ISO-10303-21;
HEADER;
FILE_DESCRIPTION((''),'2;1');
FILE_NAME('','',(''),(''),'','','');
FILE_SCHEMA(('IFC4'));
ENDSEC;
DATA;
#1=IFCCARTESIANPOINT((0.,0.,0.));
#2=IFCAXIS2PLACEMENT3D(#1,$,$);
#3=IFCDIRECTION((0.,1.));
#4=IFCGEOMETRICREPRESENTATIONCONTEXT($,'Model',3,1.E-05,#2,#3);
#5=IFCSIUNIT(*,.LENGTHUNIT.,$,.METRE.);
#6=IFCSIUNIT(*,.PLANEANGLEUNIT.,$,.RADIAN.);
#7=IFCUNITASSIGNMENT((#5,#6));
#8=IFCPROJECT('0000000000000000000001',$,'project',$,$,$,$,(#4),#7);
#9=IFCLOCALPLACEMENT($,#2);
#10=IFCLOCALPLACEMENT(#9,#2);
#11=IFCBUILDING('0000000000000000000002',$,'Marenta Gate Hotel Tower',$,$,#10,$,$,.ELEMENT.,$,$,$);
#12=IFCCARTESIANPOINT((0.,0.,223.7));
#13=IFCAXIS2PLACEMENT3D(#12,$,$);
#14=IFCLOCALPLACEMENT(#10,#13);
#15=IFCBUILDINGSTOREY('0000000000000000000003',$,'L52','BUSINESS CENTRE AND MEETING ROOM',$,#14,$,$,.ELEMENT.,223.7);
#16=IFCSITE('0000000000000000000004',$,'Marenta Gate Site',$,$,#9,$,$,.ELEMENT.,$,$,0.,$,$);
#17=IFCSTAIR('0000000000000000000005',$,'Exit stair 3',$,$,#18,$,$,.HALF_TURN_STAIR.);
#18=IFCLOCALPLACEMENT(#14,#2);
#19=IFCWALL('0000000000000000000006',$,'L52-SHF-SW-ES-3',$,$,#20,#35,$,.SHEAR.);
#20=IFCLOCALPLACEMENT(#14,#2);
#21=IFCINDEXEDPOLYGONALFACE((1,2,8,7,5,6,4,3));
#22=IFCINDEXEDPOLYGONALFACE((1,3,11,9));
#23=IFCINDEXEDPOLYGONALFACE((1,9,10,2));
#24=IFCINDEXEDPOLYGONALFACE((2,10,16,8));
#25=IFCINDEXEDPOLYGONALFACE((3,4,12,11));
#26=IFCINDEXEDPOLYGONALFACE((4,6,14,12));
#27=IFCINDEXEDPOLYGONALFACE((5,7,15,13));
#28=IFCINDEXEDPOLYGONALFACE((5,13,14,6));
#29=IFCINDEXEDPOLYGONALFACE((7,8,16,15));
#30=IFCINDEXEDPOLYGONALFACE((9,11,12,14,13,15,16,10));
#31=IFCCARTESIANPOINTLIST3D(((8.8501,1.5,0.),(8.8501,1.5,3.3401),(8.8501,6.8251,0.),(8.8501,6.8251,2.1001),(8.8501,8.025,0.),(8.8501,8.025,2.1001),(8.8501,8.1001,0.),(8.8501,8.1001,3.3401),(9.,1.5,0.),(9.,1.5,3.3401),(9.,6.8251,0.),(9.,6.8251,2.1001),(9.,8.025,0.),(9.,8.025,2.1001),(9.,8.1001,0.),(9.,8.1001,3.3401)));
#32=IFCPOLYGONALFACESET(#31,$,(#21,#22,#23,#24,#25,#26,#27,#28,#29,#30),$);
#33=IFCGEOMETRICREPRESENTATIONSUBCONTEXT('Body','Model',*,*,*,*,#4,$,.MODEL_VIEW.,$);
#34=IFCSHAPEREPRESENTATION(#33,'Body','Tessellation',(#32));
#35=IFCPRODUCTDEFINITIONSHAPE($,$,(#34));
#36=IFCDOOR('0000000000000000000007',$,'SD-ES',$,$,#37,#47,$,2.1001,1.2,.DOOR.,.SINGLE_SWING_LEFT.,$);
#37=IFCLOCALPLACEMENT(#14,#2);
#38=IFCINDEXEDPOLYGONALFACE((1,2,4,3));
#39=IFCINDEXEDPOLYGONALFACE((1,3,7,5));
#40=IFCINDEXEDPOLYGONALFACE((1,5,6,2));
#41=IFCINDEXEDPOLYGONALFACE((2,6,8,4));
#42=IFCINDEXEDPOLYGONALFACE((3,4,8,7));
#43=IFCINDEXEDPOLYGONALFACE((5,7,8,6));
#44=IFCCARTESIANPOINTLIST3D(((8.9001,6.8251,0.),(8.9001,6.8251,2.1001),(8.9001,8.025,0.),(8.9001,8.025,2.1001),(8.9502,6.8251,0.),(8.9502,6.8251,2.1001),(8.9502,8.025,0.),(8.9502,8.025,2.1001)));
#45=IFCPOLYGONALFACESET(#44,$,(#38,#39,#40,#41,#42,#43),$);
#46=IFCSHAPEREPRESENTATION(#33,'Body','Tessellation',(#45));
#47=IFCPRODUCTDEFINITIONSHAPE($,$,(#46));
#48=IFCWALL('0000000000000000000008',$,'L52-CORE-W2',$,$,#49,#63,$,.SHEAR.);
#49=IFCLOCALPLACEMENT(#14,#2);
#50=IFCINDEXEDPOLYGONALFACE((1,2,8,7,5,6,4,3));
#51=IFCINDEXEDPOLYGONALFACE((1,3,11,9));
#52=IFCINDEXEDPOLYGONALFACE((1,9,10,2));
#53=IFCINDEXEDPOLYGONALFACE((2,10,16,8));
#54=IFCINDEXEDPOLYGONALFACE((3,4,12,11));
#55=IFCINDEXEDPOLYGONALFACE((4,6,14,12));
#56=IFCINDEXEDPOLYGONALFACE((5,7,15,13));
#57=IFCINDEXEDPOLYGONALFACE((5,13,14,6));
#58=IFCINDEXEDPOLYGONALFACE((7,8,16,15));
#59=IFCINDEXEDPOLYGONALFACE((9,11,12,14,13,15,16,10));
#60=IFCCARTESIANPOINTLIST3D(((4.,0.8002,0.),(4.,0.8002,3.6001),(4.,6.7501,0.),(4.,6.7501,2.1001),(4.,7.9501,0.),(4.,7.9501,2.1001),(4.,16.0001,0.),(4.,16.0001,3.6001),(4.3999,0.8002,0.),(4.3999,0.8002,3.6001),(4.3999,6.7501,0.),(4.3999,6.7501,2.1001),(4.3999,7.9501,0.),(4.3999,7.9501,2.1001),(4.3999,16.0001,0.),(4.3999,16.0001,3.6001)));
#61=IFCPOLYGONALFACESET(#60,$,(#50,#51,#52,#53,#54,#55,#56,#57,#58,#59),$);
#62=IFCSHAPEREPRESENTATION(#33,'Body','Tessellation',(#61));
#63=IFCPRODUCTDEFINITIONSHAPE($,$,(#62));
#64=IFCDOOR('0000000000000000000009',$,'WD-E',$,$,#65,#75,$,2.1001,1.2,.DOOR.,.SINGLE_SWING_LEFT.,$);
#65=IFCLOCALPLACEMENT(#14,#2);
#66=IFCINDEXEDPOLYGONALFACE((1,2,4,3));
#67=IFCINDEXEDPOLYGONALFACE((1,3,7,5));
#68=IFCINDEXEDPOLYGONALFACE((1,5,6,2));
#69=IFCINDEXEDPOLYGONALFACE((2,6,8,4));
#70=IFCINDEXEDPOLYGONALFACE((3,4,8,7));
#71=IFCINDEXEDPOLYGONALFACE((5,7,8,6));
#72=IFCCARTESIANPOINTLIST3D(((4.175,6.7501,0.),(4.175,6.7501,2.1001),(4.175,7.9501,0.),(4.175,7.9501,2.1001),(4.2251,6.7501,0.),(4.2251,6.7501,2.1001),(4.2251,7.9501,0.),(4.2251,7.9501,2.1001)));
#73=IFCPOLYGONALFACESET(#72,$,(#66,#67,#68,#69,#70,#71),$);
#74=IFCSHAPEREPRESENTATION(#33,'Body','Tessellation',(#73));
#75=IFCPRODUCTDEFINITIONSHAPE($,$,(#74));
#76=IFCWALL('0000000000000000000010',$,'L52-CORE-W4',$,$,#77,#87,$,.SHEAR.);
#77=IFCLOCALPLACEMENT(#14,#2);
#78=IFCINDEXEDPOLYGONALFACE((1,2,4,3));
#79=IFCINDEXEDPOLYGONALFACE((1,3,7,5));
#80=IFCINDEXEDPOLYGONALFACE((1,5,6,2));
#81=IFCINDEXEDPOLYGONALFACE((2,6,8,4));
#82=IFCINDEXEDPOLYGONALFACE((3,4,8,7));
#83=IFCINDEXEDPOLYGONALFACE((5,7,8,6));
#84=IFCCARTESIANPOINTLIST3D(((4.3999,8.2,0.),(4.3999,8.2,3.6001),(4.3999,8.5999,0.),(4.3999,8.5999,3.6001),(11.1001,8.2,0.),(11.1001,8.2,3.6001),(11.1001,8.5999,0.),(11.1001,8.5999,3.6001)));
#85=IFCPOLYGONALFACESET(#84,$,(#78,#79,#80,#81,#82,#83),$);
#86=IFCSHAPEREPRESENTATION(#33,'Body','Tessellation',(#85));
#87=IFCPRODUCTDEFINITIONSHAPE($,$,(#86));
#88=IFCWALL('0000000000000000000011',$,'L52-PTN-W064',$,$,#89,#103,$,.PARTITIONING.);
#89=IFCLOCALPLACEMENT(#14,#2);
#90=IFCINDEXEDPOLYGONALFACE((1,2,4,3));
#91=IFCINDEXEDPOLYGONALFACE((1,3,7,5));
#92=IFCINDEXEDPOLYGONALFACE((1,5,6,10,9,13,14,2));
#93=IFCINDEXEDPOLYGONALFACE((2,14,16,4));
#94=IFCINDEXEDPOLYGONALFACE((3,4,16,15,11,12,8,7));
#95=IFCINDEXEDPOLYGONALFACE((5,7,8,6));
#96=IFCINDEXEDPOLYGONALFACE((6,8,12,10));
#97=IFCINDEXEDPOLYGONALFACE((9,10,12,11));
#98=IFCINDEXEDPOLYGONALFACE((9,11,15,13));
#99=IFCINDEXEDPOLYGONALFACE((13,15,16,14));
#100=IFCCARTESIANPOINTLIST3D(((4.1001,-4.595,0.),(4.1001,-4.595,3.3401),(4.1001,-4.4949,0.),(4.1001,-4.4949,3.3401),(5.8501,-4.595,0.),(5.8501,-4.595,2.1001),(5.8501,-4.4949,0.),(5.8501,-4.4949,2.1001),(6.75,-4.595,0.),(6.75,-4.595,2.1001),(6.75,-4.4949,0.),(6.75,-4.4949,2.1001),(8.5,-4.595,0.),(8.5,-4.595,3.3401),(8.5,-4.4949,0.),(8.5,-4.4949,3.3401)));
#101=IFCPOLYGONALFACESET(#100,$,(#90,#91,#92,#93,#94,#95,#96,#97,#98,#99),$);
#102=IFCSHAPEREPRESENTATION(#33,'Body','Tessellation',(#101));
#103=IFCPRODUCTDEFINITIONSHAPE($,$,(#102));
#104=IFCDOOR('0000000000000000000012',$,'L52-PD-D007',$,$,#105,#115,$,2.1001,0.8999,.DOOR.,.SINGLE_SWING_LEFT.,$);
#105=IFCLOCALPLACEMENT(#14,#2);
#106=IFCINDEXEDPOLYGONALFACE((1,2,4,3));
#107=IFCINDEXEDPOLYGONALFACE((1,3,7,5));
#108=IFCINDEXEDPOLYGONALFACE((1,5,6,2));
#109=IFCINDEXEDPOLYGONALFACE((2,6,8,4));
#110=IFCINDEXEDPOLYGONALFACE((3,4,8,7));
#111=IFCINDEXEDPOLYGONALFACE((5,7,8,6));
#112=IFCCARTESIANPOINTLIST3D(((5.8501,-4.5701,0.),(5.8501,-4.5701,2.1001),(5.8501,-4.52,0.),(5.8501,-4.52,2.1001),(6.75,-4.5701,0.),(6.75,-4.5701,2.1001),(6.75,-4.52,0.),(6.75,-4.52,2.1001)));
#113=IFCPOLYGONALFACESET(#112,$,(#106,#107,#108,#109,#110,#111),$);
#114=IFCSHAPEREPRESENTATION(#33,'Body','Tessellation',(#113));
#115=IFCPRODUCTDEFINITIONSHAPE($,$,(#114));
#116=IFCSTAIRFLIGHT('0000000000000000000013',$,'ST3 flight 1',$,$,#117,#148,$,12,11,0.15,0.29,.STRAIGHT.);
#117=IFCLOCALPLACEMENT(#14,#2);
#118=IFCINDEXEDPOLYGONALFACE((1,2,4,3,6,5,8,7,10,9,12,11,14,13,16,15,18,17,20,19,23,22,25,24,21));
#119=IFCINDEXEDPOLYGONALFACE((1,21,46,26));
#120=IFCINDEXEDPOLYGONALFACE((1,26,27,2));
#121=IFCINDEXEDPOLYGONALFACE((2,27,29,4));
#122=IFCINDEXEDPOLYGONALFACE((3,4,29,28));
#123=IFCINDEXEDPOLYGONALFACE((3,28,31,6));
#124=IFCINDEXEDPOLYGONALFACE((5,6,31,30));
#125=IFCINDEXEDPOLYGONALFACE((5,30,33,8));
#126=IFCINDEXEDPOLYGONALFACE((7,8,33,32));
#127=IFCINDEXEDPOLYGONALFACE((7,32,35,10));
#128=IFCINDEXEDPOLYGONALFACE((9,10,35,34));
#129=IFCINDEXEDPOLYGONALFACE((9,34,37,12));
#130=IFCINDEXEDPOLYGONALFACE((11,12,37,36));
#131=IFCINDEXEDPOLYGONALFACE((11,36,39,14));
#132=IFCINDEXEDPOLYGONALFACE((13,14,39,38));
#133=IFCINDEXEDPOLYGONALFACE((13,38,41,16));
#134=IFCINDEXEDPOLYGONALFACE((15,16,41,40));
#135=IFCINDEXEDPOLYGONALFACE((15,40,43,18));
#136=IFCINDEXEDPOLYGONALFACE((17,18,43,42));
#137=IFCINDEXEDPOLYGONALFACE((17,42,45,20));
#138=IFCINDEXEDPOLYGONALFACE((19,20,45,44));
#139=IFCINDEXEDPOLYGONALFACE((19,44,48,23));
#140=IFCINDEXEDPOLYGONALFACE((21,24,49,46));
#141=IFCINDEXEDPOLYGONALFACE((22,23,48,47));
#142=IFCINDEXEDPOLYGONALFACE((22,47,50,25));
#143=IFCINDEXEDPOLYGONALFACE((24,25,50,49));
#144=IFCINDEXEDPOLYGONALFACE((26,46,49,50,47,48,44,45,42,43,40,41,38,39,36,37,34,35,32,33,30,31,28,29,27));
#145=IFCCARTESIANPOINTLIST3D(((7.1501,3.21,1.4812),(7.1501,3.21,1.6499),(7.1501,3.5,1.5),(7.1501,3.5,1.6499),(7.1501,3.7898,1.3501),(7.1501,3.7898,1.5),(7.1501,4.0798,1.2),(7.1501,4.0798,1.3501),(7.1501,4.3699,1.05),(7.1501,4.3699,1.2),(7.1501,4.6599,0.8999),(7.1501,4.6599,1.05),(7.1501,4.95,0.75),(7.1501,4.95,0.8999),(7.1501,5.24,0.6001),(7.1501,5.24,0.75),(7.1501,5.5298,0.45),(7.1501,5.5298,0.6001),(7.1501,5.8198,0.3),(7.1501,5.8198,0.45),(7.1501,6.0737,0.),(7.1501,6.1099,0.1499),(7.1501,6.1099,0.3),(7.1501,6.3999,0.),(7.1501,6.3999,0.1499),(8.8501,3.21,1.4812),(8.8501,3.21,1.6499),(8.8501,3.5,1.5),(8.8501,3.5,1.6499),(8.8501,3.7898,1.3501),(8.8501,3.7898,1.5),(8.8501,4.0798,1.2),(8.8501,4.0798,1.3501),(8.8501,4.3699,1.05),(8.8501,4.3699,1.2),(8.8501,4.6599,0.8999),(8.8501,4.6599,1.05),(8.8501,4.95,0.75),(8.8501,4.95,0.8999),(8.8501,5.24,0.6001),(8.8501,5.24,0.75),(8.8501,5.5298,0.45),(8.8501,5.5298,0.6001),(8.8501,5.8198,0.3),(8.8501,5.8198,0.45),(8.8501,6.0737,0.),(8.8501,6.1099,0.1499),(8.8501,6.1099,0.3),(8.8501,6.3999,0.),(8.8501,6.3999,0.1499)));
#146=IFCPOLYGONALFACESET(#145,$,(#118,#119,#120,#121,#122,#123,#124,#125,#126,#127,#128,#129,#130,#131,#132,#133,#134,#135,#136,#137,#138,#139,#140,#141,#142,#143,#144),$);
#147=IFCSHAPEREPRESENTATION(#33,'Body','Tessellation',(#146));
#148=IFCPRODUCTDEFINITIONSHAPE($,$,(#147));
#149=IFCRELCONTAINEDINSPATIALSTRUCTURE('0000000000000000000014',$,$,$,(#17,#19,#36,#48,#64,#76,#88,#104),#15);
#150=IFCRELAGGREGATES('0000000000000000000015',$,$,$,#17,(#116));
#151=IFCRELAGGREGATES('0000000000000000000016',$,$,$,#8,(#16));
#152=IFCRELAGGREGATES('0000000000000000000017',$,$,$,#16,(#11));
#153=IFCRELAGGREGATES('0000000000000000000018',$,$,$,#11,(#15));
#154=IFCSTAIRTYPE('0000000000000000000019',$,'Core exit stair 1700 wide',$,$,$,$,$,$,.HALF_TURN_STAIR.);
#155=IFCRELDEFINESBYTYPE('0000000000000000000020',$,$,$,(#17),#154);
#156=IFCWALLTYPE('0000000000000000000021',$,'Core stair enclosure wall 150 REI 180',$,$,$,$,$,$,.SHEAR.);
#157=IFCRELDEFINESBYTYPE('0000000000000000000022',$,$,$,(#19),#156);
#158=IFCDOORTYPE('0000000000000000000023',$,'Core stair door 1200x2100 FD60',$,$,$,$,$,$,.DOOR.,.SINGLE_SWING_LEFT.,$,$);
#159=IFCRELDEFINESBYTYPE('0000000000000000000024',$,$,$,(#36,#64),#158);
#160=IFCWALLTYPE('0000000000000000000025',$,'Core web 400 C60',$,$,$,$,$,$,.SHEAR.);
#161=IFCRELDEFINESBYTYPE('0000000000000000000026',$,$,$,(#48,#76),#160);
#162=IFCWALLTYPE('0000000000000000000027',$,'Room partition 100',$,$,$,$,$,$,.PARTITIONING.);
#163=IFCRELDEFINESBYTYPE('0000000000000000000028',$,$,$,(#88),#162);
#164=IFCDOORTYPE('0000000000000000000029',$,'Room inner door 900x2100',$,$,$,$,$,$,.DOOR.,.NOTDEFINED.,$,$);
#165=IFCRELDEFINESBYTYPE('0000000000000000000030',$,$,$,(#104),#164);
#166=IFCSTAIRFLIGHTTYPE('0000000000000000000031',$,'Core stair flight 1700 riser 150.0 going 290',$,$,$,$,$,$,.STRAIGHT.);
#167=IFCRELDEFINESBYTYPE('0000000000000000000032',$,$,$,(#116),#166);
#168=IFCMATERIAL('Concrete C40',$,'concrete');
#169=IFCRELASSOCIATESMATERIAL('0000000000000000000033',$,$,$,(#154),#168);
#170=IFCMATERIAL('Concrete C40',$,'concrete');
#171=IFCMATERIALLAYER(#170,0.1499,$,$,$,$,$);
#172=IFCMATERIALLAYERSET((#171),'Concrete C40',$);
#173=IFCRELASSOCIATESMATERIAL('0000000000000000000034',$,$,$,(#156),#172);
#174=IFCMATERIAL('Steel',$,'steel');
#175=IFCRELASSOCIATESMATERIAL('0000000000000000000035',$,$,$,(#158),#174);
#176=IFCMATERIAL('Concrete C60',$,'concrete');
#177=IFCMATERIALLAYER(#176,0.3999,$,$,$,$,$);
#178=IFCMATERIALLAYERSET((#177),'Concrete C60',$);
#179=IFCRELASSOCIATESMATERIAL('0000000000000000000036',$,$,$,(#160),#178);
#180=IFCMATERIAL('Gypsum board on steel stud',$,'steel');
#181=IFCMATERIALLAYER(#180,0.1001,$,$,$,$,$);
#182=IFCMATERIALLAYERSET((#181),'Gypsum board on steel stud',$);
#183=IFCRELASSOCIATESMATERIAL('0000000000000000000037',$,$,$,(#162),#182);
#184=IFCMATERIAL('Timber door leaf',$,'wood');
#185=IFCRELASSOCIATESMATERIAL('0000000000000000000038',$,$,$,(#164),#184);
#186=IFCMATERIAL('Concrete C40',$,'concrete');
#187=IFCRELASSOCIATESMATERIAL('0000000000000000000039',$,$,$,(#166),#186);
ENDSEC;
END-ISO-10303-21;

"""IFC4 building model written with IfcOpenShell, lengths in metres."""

from ifc_helpers import new_model, si_unit, direction, frame, frame_2d, origin, place, context, subcontext, project, spatial, polyline, rectangle, outline, extrude, material, layer, layer_set, type_object, element, fill, aggregate, save


model = new_model("IFC4")

# Units and contexts
model_context = context("Model", 3, precision=1e-05, world=origin(), true_north=direction((0.0, 1.0)))
body_context = subcontext(model_context, "Body", "Model", "MODEL_VIEW")
ifc_project = project(units=[si_unit("LENGTHUNIT", "METRE"), si_unit("PLANEANGLEUNIT", "RADIAN")], contexts=[model_context])

# Site, building, storey
site_placement = place(None, origin())
site = spatial("IfcSite", under=ifc_project, at=site_placement, Name="Marenta Gate Site", CompositionType="ELEMENT", RefElevation=0.0)
building_placement = place(site_placement, origin())
building = spatial("IfcBuilding", under=site, at=building_placement, Name="Marenta Gate Hotel Tower", CompositionType="ELEMENT")
storey_placement = place(building_placement, frame((0.0, 0.0, 223.7)))
storey = spatial("IfcBuildingStorey", under=building, at=storey_placement, Name="L52", Description="BUSINESS CENTRE AND MEETING ROOM", CompositionType="ELEMENT", Elevation=223.7)

# Stair
ifc_material_1 = material(Name="Concrete C40", Category="concrete")
stair_type_1 = type_object("IfcStairType", Name="Core exit stair 1700 wide", PredefinedType="HALF_TURN_STAIR", material=ifc_material_1)
stair_1_placement = place(storey_placement, origin())
stair_1 = element("IfcStair", 1, at=stair_1_placement, inside=storey, type_object=stair_type_1, Name="Exit stair 3", PredefinedType="HALF_TURN_STAIR")

# Walls, openings, doors
ifc_material_2 = material(Name="Concrete C40", Category="concrete")
ifc_layer_1 = layer(ifc_material_2, 0.1499)
ifc_layer_set_1 = layer_set([ifc_layer_1], Name="Concrete C40")
wall_type_1 = type_object("IfcWallType", Name="Core stair enclosure wall 150 REI 180", PredefinedType="SHEAR", material=ifc_layer_set_1)
wall_1_placement = place(storey_placement, frame((8.925, 1.5, 0.0), z_axis=(0.0, 0.0, 1.0), x_axis=(0.0, 1.0, 0.0)))
wall_1 = element("IfcWall", 2, at=wall_1_placement, inside=storey, type_object=wall_type_1, Name="L52-SHF-SW-ES-3", PredefinedType="SHEAR", context=body_context, shape_type="SweptSolid", body=[
    extrude(rectangle(XDim=6.6001, YDim=0.1499, at=frame_2d((3.3, 0.0))), origin(), (0.0, 0.0, 1.0), 3.3401),
])
opening_1_placement = place(wall_1_placement, frame((5.325, 0.0, 0.0)))
opening_1 = element("IfcOpeningElement", 3, at=opening_1_placement, cuts=wall_1, PredefinedType="OPENING", context=body_context, shape_type="SweptSolid", body=[
    extrude(rectangle(XDim=1.2, YDim=2.1001, at=frame_2d((0.6001, 1.05))), frame((0.0, 0.075, 0.0), z_axis=(0.0, -1.0, 0.0), x_axis=(1.0, 0.0, 0.0)), (0.0, 0.0, 1.0), 0.1499),
])
ifc_material_3 = material(Name="Steel", Category="steel")
door_type_1 = type_object("IfcDoorType", Name="Core stair door 1200x2100 FD60", OperationType="SINGLE_SWING_LEFT", PredefinedType="DOOR", material=ifc_material_3)
door_1_placement = place(opening_1_placement, origin())
door_1 = element("IfcDoor", 4, at=door_1_placement, inside=storey, type_object=door_type_1, Name="SD-ES", OperationType="SINGLE_SWING_LEFT", OverallHeight=2.1001, OverallWidth=1.2, PredefinedType="DOOR", context=body_context, shape_type="SweptSolid", body=[
    extrude(rectangle(XDim=1.2, YDim=2.1001, at=frame_2d((0.6001, 1.05))), frame((0.0, 0.0249, 0.0), z_axis=(0.0, -1.0, 0.0), x_axis=(1.0, 0.0, 0.0)), (0.0, 0.0, 1.0), 0.05),
])
fill(opening_1, door_1)
ifc_material_4 = material(Name="Concrete C60", Category="concrete")
ifc_layer_2 = layer(ifc_material_4, 0.3999)
ifc_layer_set_2 = layer_set([ifc_layer_2], Name="Concrete C60")
wall_type_2 = type_object("IfcWallType", Name="Core web 400 C60", PredefinedType="SHEAR", material=ifc_layer_set_2)
wall_2_placement = place(storey_placement, frame((4.2, 0.8, 0.0), z_axis=(0.0, 0.0, 1.0), x_axis=(0.0, 1.0, 0.0)))
wall_2 = element("IfcWall", 5, at=wall_2_placement, inside=storey, type_object=wall_type_2, Name="L52-CORE-W2", PredefinedType="SHEAR", context=body_context, shape_type="SweptSolid", body=[
    extrude(rectangle(XDim=15.2, YDim=0.3999, at=frame_2d((7.6001, 0.0))), origin(), (0.0, 0.0, 1.0), 3.6001),
])
opening_2_placement = place(wall_2_placement, frame((5.95, 0.0, 0.0)))
opening_2 = element("IfcOpeningElement", 6, at=opening_2_placement, cuts=wall_2, PredefinedType="OPENING", context=body_context, shape_type="SweptSolid", body=[
    extrude(rectangle(XDim=1.2, YDim=2.1001, at=frame_2d((0.6001, 1.05))), frame((0.0, 0.2, 0.0), z_axis=(0.0, -1.0, 0.0), x_axis=(1.0, 0.0, 0.0)), (0.0, 0.0, 1.0), 0.3999),
])
door_2_placement = place(opening_2_placement, origin())
door_2 = element("IfcDoor", 7, at=door_2_placement, inside=storey, type_object=door_type_1, Name="WD-E", OperationType="SINGLE_SWING_LEFT", OverallHeight=2.1001, OverallWidth=1.2, PredefinedType="DOOR", context=body_context, shape_type="SweptSolid", body=[
    extrude(rectangle(XDim=1.2, YDim=2.1001, at=frame_2d((0.6001, 1.05))), frame((0.0, 0.0249, 0.0), z_axis=(0.0, -1.0, 0.0), x_axis=(1.0, 0.0, 0.0)), (0.0, 0.0, 1.0), 0.05),
])
fill(opening_2, door_2)

# Wall
wall_3_placement = place(storey_placement, frame((4.3999, 8.3999, 0.0), z_axis=(0.0, 0.0, 1.0), x_axis=(1.0, 0.0, 0.0)))
element("IfcWall", 8, at=wall_3_placement, inside=storey, type_object=wall_type_2, Name="L52-CORE-W4", PredefinedType="SHEAR", context=body_context, shape_type="SweptSolid", body=[
    extrude(rectangle(XDim=6.7002, YDim=0.3999, at=frame_2d((3.3501, 0.0))), origin(), (0.0, 0.0, 1.0), 3.6001),
])

# Wall, opening, door
ifc_material_5 = material(Name="Gypsum board on steel stud", Category="steel")
ifc_layer_3 = layer(ifc_material_5, 0.1001)
ifc_layer_set_3 = layer_set([ifc_layer_3], Name="Gypsum board on steel stud")
wall_type_3 = type_object("IfcWallType", Name="Room partition 100", PredefinedType="PARTITIONING", material=ifc_layer_set_3)
wall_4_placement = place(storey_placement, frame((4.1001, -4.5449, 0.0), z_axis=(0.0, 0.0, 1.0), x_axis=(1.0, 0.0, 0.0)))
wall_4 = element("IfcWall", 9, at=wall_4_placement, inside=storey, type_object=wall_type_3, Name="L52-PTN-W064", PredefinedType="PARTITIONING", context=body_context, shape_type="SweptSolid", body=[
    extrude(rectangle(XDim=4.3999, YDim=0.1001, at=frame_2d((2.2, 0.0))), origin(), (0.0, 0.0, 1.0), 3.3401),
])
opening_3_placement = place(wall_4_placement, frame((1.75, 0.0, 0.0)))
opening_3 = element("IfcOpeningElement", 10, at=opening_3_placement, cuts=wall_4, PredefinedType="OPENING", context=body_context, shape_type="SweptSolid", body=[
    extrude(rectangle(XDim=0.8999, YDim=2.1001, at=frame_2d((0.45, 1.05))), frame((0.0, 0.05, 0.0), z_axis=(0.0, -1.0, 0.0), x_axis=(1.0, 0.0, 0.0)), (0.0, 0.0, 1.0), 0.1001),
])
ifc_material_6 = material(Name="Timber door leaf", Category="wood")
door_type_2 = type_object("IfcDoorType", Name="Room inner door 900x2100", OperationType="NOTDEFINED", PredefinedType="DOOR", material=ifc_material_6)
door_3_placement = place(opening_3_placement, origin())
door_3 = element("IfcDoor", 11, at=door_3_placement, inside=storey, type_object=door_type_2, Name="L52-PD-D007", OperationType="SINGLE_SWING_LEFT", OverallHeight=2.1001, OverallWidth=0.8999, PredefinedType="DOOR", context=body_context, shape_type="SweptSolid", body=[
    extrude(rectangle(XDim=0.8999, YDim=2.1001, at=frame_2d((0.45, 1.05))), frame((0.0, 0.0249, 0.0), z_axis=(0.0, -1.0, 0.0), x_axis=(1.0, 0.0, 0.0)), (0.0, 0.0, 1.0), 0.05),
])
fill(opening_3, door_3)

# Stair flight
ifc_material_7 = material(Name="Concrete C40", Category="concrete")
stair_flight_type = type_object("IfcStairFlightType", Name="Core stair flight 1700 riser 150.0 going 290", PredefinedType="STRAIGHT", material=ifc_material_7)
stair_flight_1_placement = place(storey_placement, frame((8.0, 6.3999, 0.0), z_axis=(0.0, 0.0, 1.0), x_axis=(0.0, -1.0, 0.0)))
stair_flight_1 = element("IfcStairFlight", 12, at=stair_flight_1_placement, type_object=stair_flight_type, Name="ST3 flight 1", NumberOfRisers=12, NumberOfTreads=11, PredefinedType="STRAIGHT", RiserHeight=0.15, TreadLength=0.29, context=body_context, shape_type="SweptSolid", body=[
    extrude(outline(polyline([(0.0, 0.0), (0.0, 0.1499), (0.29, 0.1499), (0.29, 0.3), (0.5801, 0.3), (0.5801, 0.45), (0.8701, 0.45), (0.8701, 0.6001), (1.1599, 0.6001), (1.1599, 0.75), (1.45, 0.75), (1.45, 0.8999), (1.74, 0.8999), (1.74, 1.05), (2.03, 1.05), (2.03, 1.2), (2.3201, 1.2), (2.3201, 1.3501), (2.6101, 1.3501), (2.6101, 1.5), (2.8999, 1.5), (2.8999, 1.6499), (3.1899, 1.6499), (3.1899, 1.8), (3.1899, 1.4812), (0.3262, 0.0), (0.0, 0.0)])), frame((0.0, 0.8501, 0.0), z_axis=(0.0, -1.0, 0.0), x_axis=(1.0, 0.0, 0.0)), (0.0, 0.0, 1.0), 1.7),
])
aggregate(stair_1, [stair_flight_1])

save(model, "model.ifc")
